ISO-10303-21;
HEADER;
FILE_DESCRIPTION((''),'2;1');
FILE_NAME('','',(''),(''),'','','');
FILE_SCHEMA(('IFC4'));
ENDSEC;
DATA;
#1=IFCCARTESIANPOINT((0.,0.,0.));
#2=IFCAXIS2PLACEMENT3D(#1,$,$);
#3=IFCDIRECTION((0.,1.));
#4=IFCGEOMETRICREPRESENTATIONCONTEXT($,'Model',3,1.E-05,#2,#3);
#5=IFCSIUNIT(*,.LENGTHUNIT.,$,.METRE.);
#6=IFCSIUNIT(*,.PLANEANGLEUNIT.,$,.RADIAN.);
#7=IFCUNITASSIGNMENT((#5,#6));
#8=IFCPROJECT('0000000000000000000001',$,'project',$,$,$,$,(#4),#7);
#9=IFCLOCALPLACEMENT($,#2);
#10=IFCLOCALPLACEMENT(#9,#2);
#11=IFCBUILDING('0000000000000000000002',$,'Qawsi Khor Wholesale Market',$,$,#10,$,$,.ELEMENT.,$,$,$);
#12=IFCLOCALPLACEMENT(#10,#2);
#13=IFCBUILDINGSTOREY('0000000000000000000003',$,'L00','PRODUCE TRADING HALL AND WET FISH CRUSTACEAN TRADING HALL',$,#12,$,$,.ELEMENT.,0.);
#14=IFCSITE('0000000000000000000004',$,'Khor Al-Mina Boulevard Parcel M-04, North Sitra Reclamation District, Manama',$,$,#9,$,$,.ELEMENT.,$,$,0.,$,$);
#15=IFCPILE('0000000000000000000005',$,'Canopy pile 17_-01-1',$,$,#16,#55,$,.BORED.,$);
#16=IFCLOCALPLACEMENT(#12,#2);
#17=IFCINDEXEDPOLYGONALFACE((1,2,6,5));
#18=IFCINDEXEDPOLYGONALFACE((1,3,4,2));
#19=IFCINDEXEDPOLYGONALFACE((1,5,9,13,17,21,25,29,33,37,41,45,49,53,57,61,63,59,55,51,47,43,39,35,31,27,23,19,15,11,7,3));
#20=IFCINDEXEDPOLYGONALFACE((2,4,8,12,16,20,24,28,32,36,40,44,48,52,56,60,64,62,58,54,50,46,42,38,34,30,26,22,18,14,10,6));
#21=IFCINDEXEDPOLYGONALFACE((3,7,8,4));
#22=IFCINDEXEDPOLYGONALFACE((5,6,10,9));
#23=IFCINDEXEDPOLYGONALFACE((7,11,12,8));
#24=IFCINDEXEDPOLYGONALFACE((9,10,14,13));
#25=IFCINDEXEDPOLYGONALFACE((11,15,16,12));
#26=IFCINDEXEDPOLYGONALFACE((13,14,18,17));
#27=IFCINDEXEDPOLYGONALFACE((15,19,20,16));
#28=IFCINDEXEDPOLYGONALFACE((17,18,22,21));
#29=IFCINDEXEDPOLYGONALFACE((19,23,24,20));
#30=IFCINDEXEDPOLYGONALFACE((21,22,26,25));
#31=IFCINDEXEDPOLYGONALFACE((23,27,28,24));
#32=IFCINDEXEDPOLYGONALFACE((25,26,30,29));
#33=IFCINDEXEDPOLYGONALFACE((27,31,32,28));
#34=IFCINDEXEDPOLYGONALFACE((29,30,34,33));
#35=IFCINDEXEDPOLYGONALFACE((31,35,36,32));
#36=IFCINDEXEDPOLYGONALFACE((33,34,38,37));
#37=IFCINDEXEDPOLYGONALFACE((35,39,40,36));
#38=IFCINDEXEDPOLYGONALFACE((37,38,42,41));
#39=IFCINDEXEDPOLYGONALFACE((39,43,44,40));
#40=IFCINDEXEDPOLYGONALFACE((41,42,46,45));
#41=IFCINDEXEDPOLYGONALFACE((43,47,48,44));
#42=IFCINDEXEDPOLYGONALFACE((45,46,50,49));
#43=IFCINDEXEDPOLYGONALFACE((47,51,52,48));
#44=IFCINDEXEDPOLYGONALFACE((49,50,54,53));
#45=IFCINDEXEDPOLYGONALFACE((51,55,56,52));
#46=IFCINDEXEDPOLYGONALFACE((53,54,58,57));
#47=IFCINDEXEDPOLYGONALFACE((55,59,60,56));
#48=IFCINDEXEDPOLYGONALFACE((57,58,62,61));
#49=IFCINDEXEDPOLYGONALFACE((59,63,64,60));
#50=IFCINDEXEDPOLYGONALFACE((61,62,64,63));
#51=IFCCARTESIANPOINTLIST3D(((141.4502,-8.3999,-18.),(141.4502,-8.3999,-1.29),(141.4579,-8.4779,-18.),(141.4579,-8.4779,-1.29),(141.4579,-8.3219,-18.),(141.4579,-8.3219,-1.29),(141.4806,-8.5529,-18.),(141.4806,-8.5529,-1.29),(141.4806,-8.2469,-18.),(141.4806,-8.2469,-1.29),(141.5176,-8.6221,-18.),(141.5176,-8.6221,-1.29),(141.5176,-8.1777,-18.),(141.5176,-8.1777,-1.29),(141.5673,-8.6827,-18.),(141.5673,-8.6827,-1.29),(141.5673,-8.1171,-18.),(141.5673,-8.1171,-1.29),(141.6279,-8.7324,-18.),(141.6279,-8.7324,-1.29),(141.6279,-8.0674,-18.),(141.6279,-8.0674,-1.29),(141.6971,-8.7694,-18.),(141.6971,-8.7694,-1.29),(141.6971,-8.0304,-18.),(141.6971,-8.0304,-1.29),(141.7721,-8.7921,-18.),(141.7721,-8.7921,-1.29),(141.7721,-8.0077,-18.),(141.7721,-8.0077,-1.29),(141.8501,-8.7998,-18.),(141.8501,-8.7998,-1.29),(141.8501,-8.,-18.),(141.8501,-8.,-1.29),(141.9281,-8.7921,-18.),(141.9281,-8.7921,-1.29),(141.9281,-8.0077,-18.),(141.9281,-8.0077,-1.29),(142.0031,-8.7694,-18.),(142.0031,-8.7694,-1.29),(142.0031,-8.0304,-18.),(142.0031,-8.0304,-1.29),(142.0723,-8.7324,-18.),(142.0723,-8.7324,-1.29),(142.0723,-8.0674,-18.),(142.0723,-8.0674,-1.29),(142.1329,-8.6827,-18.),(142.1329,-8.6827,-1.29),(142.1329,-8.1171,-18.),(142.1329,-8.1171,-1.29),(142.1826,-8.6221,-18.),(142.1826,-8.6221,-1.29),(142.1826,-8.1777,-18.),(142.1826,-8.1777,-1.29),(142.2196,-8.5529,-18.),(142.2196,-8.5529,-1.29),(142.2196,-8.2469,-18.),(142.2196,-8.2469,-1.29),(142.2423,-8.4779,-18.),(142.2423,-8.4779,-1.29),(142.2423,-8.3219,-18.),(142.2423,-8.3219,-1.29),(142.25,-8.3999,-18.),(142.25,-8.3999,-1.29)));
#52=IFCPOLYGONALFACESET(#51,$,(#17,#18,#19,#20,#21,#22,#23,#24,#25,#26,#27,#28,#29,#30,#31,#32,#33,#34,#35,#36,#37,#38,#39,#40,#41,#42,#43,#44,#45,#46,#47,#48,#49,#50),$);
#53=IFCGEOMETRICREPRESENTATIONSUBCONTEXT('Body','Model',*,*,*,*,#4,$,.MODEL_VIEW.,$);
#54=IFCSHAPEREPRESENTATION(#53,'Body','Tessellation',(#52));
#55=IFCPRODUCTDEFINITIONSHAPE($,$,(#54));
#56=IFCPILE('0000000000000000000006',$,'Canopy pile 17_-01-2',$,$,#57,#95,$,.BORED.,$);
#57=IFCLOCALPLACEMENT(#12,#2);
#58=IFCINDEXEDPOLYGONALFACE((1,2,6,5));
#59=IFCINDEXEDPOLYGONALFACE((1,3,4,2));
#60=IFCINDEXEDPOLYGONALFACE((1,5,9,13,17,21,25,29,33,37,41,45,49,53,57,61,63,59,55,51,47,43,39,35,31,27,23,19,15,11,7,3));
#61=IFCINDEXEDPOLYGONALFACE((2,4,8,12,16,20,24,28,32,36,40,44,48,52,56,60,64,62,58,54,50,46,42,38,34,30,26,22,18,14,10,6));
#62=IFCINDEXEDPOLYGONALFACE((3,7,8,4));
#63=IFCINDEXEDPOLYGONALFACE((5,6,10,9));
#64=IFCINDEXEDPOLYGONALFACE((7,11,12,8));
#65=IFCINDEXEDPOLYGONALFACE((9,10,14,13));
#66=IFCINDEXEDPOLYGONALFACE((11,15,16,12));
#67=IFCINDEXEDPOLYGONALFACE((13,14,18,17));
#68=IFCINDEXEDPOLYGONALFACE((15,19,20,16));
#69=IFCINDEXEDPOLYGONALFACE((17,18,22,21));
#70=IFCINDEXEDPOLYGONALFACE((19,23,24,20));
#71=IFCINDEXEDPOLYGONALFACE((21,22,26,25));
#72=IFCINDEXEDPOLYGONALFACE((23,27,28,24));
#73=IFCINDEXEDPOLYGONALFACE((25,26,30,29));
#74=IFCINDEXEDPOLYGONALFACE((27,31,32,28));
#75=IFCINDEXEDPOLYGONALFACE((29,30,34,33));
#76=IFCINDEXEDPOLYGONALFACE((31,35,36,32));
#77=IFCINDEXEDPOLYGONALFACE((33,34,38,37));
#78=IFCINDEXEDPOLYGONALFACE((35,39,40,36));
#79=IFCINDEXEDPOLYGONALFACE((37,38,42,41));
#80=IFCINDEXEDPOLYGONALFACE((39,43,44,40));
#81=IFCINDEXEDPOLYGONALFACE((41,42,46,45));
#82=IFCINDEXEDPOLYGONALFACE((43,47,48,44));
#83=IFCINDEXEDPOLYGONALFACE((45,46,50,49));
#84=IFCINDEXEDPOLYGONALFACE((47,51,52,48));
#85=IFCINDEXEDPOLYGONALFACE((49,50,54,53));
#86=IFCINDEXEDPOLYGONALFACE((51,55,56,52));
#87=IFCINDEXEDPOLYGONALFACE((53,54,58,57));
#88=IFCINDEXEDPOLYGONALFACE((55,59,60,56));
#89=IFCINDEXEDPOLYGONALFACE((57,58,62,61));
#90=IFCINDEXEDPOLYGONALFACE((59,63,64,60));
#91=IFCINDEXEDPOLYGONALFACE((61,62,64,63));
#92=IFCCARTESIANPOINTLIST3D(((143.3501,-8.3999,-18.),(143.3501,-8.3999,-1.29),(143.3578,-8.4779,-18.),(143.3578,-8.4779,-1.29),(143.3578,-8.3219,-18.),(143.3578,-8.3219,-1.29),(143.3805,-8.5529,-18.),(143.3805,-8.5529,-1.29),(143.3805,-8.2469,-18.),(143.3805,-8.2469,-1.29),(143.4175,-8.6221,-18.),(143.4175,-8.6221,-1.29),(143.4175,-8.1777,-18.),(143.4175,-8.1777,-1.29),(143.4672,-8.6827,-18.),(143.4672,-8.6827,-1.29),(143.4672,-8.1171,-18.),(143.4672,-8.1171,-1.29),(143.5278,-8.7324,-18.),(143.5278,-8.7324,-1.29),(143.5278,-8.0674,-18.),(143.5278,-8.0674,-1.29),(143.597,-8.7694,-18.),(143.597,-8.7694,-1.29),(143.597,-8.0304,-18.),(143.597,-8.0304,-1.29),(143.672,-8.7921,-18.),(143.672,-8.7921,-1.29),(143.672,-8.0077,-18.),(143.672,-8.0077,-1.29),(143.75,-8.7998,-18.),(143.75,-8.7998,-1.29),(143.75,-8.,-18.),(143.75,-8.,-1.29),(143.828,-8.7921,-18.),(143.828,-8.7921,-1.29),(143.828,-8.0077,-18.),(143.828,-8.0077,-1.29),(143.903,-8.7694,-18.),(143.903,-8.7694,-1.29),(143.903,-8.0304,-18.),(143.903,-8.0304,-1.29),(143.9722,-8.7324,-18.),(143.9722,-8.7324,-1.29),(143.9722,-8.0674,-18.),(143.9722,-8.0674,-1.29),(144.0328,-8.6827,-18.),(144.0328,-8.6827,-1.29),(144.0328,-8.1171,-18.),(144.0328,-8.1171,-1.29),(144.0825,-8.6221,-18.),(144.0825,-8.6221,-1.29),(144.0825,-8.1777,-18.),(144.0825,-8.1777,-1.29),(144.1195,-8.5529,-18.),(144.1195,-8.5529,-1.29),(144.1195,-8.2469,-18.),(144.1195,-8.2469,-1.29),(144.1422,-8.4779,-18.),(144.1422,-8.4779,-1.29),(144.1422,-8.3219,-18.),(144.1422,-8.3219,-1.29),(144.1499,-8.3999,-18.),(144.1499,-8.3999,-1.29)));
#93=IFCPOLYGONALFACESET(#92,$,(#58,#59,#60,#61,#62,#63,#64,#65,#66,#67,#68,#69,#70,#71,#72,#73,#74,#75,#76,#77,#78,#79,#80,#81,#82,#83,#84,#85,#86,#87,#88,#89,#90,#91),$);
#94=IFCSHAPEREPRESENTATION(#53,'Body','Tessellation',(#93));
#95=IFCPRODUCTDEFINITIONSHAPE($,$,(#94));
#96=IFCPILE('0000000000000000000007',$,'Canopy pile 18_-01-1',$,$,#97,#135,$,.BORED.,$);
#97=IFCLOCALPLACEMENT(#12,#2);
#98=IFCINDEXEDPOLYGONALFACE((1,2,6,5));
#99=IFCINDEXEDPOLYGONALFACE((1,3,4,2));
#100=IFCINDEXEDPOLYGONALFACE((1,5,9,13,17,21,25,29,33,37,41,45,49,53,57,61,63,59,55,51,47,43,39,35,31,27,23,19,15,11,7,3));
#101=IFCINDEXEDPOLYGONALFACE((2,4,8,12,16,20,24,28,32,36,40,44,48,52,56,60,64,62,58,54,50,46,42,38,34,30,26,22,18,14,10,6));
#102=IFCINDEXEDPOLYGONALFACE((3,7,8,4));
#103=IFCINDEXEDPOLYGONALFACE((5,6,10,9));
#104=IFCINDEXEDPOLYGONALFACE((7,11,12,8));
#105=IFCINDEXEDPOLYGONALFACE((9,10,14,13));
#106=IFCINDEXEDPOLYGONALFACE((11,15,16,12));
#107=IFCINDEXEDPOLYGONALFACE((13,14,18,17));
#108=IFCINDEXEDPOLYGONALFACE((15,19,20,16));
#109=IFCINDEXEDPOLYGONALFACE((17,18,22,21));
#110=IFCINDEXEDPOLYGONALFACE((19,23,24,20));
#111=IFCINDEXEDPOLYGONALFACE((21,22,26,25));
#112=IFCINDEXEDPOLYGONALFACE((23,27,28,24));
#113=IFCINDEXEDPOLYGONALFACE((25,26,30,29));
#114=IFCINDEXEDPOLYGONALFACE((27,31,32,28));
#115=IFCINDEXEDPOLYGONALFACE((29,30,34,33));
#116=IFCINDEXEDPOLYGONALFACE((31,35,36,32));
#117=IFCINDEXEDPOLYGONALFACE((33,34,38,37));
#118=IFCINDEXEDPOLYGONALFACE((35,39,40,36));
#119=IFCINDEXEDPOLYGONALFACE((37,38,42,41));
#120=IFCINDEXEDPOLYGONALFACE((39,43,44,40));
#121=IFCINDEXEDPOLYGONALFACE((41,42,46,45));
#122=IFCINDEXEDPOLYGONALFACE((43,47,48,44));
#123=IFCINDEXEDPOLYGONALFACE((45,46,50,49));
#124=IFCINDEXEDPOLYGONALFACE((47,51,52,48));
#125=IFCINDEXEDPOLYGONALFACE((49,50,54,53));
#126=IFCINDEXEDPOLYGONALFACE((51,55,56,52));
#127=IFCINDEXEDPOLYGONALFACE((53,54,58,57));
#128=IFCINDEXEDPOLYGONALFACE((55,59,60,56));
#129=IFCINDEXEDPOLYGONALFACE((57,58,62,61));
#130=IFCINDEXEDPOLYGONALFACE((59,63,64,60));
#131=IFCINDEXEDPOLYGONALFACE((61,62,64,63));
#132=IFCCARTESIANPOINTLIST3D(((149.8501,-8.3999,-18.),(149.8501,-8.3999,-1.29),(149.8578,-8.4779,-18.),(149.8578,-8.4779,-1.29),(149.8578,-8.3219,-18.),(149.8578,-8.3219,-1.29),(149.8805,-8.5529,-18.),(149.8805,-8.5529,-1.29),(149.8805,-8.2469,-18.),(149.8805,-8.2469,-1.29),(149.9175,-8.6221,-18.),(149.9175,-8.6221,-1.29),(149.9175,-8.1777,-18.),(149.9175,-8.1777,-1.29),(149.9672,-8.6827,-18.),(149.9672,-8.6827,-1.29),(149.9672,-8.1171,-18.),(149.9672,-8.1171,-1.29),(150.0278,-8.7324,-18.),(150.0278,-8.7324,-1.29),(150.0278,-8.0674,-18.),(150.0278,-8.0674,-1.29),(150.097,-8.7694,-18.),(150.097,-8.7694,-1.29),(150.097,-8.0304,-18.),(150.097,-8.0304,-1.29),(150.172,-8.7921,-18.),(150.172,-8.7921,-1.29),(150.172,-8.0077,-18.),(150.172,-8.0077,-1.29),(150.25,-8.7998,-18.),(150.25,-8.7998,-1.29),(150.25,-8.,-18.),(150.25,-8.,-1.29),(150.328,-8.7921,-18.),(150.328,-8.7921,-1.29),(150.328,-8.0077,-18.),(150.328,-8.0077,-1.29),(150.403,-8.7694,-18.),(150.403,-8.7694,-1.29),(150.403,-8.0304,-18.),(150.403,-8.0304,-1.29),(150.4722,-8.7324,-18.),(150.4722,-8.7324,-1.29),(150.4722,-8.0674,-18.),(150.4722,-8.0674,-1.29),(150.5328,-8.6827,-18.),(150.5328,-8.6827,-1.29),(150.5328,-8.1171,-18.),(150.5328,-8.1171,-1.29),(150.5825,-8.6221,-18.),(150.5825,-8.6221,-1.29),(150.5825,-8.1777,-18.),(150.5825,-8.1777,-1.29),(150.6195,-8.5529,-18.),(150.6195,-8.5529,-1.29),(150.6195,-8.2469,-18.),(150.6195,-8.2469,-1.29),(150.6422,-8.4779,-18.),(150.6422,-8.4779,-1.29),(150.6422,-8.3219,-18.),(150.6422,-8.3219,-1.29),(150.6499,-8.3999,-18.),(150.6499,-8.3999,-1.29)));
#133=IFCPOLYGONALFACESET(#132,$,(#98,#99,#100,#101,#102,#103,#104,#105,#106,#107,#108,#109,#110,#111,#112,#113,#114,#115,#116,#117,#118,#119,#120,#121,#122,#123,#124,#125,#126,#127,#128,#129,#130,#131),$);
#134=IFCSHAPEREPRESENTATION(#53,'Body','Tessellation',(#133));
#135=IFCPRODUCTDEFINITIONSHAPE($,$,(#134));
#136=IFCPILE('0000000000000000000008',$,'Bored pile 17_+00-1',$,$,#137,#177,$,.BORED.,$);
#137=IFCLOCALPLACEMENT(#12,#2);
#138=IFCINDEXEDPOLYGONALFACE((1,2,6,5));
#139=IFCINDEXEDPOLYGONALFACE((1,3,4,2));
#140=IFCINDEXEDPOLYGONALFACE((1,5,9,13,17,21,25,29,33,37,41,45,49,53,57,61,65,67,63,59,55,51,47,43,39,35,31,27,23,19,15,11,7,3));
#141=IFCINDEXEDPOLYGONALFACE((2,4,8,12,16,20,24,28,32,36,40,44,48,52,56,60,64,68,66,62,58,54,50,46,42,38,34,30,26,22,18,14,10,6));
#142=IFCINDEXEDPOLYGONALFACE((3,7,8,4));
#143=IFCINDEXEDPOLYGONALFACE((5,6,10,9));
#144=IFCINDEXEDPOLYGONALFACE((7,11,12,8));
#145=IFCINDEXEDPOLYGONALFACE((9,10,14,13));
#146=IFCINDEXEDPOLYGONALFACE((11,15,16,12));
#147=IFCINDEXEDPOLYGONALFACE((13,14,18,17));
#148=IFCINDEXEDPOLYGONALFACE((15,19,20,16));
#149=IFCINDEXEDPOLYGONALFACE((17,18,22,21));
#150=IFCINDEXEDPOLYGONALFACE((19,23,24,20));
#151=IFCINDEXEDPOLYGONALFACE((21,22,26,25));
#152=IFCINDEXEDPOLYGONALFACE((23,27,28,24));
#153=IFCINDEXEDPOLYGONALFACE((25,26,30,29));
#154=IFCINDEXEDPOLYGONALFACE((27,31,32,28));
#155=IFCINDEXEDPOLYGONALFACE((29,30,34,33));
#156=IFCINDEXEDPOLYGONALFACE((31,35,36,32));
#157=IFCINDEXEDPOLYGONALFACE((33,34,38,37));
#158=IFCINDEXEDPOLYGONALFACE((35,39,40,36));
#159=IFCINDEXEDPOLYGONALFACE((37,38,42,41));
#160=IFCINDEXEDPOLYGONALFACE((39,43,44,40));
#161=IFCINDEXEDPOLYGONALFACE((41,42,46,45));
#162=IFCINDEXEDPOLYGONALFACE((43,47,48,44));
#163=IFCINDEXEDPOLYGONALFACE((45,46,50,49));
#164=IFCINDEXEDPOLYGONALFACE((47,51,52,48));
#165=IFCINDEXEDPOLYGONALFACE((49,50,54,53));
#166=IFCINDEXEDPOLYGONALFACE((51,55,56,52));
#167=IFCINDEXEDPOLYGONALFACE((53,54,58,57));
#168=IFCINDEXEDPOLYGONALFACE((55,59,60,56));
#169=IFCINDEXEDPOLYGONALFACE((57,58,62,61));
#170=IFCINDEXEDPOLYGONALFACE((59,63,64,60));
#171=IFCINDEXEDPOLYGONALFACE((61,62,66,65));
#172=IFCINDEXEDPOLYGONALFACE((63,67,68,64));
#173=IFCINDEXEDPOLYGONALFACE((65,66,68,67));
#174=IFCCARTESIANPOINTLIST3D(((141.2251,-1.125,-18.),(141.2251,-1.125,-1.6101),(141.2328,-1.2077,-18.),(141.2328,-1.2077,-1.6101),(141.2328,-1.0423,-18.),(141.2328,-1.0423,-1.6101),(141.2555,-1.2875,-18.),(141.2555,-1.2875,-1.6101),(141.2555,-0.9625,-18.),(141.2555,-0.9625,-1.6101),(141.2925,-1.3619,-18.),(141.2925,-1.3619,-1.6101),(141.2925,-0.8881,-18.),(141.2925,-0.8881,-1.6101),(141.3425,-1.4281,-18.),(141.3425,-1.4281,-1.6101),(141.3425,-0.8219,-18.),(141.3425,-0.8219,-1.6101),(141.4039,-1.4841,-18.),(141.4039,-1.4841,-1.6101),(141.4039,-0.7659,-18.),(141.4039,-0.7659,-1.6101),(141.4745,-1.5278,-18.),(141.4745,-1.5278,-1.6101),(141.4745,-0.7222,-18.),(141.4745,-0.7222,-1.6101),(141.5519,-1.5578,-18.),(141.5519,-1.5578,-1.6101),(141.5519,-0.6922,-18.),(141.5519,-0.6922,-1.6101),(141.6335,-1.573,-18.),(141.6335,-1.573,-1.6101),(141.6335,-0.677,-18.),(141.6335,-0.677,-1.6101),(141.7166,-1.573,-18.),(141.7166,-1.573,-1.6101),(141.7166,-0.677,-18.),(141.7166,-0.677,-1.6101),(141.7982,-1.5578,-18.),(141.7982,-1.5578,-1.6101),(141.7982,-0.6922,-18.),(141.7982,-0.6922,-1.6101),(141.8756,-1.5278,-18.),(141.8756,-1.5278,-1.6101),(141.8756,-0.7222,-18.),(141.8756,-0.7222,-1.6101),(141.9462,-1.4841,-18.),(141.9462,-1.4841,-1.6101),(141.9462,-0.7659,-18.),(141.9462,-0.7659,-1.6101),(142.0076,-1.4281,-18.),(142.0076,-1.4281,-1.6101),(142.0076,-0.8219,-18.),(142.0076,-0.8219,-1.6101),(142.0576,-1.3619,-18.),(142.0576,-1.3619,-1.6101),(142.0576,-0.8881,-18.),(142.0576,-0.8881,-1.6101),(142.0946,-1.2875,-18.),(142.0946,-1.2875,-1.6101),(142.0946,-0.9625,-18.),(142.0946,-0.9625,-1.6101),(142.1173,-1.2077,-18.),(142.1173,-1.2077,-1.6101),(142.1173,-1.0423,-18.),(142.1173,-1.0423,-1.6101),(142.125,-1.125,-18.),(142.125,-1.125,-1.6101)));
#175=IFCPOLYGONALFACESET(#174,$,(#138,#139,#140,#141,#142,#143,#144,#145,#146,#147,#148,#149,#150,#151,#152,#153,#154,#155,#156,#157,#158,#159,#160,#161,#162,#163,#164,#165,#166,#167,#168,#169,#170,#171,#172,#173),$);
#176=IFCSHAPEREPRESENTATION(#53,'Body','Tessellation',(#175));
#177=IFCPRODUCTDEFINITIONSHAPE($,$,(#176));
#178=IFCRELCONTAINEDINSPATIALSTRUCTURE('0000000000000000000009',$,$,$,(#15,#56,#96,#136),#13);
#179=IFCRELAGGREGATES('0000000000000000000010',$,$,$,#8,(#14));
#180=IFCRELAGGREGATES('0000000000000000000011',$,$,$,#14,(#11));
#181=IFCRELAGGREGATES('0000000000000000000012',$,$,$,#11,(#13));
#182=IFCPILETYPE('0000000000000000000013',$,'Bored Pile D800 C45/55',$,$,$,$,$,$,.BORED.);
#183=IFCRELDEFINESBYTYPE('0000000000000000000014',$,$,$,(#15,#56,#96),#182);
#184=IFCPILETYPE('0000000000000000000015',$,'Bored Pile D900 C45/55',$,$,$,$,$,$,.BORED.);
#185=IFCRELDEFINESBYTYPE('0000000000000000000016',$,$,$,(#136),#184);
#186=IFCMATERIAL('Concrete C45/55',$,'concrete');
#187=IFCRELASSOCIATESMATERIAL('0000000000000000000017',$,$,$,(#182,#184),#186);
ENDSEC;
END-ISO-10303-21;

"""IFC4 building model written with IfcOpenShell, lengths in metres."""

from ifc_helpers import new_model, si_unit, direction, frame, origin, origin_2d, place, context, subcontext, project, spatial, circle, extrude, material, material_profile, profile_set, type_object, element, save


model = new_model("IFC4")

# Units and contexts
model_context = context("Model", 3, precision=1e-05, world=origin(), true_north=direction((0.0, 1.0)))
body_context = subcontext(model_context, "Body", "Model", "MODEL_VIEW")
ifc_project = project(units=[si_unit("LENGTHUNIT", "METRE"), si_unit("PLANEANGLEUNIT", "RADIAN")], contexts=[model_context])

# Site, building, storey
site_placement = place(None, origin())
site = spatial("IfcSite", under=ifc_project, at=site_placement, Name="Khor Al-Mina Boulevard Parcel M-04, North Sitra Reclamation District, Manama", CompositionType="ELEMENT", RefElevation=0.0)
building_placement = place(site_placement, origin())
building = spatial("IfcBuilding", under=site, at=building_placement, Name="Qawsi Khor Wholesale Market", CompositionType="ELEMENT")
storey_placement = place(building_placement, origin())
storey = spatial("IfcBuildingStorey", under=building, at=storey_placement, Name="L00", Description="PRODUCE TRADING HALL AND WET FISH CRUSTACEAN TRADING HALL", CompositionType="ELEMENT", Elevation=0.0)

# Piles
ifc_material_1 = material(Name="Concrete C45/55", Category="concrete")
ifc_material_profile_1 = material_profile(ifc_material_1, circle(Radius=0.3999, at=origin_2d()), Name="PILE D800")
ifc_profile_set_1 = profile_set([ifc_material_profile_1], Name="Concrete C45/55")
pile_type_1 = type_object("IfcPileType", Name="Bored Pile D800 C45/55", PredefinedType="BORED", material=ifc_profile_set_1)
for number, where, z_axis, x_axis, name in (
    (1, (141.8501, -8.3999, -1.29), (0.0, 0.0, -1.0), (1.0, 0.0, 0.0), "Canopy pile 17_-01-1"),
    (2, (143.75, -8.3999, -1.29), (0.0, 0.0, -1.0), (1.0, 0.0, 0.0), "Canopy pile 17_-01-2"),
    (3, (150.25, -8.3999, -1.29), (0.0, 0.0, -1.0), (1.0, 0.0, 0.0), "Canopy pile 18_-01-1"),
):
    element("IfcPile", number, at=place(storey_placement, frame(where, z_axis=z_axis, x_axis=x_axis)), inside=storey, type_object=pile_type_1, Name=name, PredefinedType="BORED", context=body_context, shape_type="SweptSolid", body=[
        extrude(circle(Radius=0.3999, at=origin_2d()), origin(), (0.0, 0.0, 1.0), 16.71),
    ])
ifc_material_profile_2 = material_profile(ifc_material_1, circle(Radius=0.45, at=origin_2d()), Name="PILE D900")
ifc_profile_set_2 = profile_set([ifc_material_profile_2], Name="Concrete C45/55")
pile_type_2 = type_object("IfcPileType", Name="Bored Pile D900 C45/55", PredefinedType="BORED", material=ifc_profile_set_2)
for number, where, z_axis, x_axis, name in (
    (4, (141.675, -1.125, -1.6101), (0.0, 0.0, -1.0), (1.0, 0.0, 0.0), "Bored pile 17_+00-1"),
):
    element("IfcPile", number, at=place(storey_placement, frame(where, z_axis=z_axis, x_axis=x_axis)), inside=storey, type_object=pile_type_2, Name=name, PredefinedType="BORED", context=body_context, shape_type="SweptSolid", body=[
        extrude(circle(Radius=0.45, at=origin_2d()), origin(), (0.0, 0.0, 1.0), 16.3899),
    ])

save(model, "model.ifc")
